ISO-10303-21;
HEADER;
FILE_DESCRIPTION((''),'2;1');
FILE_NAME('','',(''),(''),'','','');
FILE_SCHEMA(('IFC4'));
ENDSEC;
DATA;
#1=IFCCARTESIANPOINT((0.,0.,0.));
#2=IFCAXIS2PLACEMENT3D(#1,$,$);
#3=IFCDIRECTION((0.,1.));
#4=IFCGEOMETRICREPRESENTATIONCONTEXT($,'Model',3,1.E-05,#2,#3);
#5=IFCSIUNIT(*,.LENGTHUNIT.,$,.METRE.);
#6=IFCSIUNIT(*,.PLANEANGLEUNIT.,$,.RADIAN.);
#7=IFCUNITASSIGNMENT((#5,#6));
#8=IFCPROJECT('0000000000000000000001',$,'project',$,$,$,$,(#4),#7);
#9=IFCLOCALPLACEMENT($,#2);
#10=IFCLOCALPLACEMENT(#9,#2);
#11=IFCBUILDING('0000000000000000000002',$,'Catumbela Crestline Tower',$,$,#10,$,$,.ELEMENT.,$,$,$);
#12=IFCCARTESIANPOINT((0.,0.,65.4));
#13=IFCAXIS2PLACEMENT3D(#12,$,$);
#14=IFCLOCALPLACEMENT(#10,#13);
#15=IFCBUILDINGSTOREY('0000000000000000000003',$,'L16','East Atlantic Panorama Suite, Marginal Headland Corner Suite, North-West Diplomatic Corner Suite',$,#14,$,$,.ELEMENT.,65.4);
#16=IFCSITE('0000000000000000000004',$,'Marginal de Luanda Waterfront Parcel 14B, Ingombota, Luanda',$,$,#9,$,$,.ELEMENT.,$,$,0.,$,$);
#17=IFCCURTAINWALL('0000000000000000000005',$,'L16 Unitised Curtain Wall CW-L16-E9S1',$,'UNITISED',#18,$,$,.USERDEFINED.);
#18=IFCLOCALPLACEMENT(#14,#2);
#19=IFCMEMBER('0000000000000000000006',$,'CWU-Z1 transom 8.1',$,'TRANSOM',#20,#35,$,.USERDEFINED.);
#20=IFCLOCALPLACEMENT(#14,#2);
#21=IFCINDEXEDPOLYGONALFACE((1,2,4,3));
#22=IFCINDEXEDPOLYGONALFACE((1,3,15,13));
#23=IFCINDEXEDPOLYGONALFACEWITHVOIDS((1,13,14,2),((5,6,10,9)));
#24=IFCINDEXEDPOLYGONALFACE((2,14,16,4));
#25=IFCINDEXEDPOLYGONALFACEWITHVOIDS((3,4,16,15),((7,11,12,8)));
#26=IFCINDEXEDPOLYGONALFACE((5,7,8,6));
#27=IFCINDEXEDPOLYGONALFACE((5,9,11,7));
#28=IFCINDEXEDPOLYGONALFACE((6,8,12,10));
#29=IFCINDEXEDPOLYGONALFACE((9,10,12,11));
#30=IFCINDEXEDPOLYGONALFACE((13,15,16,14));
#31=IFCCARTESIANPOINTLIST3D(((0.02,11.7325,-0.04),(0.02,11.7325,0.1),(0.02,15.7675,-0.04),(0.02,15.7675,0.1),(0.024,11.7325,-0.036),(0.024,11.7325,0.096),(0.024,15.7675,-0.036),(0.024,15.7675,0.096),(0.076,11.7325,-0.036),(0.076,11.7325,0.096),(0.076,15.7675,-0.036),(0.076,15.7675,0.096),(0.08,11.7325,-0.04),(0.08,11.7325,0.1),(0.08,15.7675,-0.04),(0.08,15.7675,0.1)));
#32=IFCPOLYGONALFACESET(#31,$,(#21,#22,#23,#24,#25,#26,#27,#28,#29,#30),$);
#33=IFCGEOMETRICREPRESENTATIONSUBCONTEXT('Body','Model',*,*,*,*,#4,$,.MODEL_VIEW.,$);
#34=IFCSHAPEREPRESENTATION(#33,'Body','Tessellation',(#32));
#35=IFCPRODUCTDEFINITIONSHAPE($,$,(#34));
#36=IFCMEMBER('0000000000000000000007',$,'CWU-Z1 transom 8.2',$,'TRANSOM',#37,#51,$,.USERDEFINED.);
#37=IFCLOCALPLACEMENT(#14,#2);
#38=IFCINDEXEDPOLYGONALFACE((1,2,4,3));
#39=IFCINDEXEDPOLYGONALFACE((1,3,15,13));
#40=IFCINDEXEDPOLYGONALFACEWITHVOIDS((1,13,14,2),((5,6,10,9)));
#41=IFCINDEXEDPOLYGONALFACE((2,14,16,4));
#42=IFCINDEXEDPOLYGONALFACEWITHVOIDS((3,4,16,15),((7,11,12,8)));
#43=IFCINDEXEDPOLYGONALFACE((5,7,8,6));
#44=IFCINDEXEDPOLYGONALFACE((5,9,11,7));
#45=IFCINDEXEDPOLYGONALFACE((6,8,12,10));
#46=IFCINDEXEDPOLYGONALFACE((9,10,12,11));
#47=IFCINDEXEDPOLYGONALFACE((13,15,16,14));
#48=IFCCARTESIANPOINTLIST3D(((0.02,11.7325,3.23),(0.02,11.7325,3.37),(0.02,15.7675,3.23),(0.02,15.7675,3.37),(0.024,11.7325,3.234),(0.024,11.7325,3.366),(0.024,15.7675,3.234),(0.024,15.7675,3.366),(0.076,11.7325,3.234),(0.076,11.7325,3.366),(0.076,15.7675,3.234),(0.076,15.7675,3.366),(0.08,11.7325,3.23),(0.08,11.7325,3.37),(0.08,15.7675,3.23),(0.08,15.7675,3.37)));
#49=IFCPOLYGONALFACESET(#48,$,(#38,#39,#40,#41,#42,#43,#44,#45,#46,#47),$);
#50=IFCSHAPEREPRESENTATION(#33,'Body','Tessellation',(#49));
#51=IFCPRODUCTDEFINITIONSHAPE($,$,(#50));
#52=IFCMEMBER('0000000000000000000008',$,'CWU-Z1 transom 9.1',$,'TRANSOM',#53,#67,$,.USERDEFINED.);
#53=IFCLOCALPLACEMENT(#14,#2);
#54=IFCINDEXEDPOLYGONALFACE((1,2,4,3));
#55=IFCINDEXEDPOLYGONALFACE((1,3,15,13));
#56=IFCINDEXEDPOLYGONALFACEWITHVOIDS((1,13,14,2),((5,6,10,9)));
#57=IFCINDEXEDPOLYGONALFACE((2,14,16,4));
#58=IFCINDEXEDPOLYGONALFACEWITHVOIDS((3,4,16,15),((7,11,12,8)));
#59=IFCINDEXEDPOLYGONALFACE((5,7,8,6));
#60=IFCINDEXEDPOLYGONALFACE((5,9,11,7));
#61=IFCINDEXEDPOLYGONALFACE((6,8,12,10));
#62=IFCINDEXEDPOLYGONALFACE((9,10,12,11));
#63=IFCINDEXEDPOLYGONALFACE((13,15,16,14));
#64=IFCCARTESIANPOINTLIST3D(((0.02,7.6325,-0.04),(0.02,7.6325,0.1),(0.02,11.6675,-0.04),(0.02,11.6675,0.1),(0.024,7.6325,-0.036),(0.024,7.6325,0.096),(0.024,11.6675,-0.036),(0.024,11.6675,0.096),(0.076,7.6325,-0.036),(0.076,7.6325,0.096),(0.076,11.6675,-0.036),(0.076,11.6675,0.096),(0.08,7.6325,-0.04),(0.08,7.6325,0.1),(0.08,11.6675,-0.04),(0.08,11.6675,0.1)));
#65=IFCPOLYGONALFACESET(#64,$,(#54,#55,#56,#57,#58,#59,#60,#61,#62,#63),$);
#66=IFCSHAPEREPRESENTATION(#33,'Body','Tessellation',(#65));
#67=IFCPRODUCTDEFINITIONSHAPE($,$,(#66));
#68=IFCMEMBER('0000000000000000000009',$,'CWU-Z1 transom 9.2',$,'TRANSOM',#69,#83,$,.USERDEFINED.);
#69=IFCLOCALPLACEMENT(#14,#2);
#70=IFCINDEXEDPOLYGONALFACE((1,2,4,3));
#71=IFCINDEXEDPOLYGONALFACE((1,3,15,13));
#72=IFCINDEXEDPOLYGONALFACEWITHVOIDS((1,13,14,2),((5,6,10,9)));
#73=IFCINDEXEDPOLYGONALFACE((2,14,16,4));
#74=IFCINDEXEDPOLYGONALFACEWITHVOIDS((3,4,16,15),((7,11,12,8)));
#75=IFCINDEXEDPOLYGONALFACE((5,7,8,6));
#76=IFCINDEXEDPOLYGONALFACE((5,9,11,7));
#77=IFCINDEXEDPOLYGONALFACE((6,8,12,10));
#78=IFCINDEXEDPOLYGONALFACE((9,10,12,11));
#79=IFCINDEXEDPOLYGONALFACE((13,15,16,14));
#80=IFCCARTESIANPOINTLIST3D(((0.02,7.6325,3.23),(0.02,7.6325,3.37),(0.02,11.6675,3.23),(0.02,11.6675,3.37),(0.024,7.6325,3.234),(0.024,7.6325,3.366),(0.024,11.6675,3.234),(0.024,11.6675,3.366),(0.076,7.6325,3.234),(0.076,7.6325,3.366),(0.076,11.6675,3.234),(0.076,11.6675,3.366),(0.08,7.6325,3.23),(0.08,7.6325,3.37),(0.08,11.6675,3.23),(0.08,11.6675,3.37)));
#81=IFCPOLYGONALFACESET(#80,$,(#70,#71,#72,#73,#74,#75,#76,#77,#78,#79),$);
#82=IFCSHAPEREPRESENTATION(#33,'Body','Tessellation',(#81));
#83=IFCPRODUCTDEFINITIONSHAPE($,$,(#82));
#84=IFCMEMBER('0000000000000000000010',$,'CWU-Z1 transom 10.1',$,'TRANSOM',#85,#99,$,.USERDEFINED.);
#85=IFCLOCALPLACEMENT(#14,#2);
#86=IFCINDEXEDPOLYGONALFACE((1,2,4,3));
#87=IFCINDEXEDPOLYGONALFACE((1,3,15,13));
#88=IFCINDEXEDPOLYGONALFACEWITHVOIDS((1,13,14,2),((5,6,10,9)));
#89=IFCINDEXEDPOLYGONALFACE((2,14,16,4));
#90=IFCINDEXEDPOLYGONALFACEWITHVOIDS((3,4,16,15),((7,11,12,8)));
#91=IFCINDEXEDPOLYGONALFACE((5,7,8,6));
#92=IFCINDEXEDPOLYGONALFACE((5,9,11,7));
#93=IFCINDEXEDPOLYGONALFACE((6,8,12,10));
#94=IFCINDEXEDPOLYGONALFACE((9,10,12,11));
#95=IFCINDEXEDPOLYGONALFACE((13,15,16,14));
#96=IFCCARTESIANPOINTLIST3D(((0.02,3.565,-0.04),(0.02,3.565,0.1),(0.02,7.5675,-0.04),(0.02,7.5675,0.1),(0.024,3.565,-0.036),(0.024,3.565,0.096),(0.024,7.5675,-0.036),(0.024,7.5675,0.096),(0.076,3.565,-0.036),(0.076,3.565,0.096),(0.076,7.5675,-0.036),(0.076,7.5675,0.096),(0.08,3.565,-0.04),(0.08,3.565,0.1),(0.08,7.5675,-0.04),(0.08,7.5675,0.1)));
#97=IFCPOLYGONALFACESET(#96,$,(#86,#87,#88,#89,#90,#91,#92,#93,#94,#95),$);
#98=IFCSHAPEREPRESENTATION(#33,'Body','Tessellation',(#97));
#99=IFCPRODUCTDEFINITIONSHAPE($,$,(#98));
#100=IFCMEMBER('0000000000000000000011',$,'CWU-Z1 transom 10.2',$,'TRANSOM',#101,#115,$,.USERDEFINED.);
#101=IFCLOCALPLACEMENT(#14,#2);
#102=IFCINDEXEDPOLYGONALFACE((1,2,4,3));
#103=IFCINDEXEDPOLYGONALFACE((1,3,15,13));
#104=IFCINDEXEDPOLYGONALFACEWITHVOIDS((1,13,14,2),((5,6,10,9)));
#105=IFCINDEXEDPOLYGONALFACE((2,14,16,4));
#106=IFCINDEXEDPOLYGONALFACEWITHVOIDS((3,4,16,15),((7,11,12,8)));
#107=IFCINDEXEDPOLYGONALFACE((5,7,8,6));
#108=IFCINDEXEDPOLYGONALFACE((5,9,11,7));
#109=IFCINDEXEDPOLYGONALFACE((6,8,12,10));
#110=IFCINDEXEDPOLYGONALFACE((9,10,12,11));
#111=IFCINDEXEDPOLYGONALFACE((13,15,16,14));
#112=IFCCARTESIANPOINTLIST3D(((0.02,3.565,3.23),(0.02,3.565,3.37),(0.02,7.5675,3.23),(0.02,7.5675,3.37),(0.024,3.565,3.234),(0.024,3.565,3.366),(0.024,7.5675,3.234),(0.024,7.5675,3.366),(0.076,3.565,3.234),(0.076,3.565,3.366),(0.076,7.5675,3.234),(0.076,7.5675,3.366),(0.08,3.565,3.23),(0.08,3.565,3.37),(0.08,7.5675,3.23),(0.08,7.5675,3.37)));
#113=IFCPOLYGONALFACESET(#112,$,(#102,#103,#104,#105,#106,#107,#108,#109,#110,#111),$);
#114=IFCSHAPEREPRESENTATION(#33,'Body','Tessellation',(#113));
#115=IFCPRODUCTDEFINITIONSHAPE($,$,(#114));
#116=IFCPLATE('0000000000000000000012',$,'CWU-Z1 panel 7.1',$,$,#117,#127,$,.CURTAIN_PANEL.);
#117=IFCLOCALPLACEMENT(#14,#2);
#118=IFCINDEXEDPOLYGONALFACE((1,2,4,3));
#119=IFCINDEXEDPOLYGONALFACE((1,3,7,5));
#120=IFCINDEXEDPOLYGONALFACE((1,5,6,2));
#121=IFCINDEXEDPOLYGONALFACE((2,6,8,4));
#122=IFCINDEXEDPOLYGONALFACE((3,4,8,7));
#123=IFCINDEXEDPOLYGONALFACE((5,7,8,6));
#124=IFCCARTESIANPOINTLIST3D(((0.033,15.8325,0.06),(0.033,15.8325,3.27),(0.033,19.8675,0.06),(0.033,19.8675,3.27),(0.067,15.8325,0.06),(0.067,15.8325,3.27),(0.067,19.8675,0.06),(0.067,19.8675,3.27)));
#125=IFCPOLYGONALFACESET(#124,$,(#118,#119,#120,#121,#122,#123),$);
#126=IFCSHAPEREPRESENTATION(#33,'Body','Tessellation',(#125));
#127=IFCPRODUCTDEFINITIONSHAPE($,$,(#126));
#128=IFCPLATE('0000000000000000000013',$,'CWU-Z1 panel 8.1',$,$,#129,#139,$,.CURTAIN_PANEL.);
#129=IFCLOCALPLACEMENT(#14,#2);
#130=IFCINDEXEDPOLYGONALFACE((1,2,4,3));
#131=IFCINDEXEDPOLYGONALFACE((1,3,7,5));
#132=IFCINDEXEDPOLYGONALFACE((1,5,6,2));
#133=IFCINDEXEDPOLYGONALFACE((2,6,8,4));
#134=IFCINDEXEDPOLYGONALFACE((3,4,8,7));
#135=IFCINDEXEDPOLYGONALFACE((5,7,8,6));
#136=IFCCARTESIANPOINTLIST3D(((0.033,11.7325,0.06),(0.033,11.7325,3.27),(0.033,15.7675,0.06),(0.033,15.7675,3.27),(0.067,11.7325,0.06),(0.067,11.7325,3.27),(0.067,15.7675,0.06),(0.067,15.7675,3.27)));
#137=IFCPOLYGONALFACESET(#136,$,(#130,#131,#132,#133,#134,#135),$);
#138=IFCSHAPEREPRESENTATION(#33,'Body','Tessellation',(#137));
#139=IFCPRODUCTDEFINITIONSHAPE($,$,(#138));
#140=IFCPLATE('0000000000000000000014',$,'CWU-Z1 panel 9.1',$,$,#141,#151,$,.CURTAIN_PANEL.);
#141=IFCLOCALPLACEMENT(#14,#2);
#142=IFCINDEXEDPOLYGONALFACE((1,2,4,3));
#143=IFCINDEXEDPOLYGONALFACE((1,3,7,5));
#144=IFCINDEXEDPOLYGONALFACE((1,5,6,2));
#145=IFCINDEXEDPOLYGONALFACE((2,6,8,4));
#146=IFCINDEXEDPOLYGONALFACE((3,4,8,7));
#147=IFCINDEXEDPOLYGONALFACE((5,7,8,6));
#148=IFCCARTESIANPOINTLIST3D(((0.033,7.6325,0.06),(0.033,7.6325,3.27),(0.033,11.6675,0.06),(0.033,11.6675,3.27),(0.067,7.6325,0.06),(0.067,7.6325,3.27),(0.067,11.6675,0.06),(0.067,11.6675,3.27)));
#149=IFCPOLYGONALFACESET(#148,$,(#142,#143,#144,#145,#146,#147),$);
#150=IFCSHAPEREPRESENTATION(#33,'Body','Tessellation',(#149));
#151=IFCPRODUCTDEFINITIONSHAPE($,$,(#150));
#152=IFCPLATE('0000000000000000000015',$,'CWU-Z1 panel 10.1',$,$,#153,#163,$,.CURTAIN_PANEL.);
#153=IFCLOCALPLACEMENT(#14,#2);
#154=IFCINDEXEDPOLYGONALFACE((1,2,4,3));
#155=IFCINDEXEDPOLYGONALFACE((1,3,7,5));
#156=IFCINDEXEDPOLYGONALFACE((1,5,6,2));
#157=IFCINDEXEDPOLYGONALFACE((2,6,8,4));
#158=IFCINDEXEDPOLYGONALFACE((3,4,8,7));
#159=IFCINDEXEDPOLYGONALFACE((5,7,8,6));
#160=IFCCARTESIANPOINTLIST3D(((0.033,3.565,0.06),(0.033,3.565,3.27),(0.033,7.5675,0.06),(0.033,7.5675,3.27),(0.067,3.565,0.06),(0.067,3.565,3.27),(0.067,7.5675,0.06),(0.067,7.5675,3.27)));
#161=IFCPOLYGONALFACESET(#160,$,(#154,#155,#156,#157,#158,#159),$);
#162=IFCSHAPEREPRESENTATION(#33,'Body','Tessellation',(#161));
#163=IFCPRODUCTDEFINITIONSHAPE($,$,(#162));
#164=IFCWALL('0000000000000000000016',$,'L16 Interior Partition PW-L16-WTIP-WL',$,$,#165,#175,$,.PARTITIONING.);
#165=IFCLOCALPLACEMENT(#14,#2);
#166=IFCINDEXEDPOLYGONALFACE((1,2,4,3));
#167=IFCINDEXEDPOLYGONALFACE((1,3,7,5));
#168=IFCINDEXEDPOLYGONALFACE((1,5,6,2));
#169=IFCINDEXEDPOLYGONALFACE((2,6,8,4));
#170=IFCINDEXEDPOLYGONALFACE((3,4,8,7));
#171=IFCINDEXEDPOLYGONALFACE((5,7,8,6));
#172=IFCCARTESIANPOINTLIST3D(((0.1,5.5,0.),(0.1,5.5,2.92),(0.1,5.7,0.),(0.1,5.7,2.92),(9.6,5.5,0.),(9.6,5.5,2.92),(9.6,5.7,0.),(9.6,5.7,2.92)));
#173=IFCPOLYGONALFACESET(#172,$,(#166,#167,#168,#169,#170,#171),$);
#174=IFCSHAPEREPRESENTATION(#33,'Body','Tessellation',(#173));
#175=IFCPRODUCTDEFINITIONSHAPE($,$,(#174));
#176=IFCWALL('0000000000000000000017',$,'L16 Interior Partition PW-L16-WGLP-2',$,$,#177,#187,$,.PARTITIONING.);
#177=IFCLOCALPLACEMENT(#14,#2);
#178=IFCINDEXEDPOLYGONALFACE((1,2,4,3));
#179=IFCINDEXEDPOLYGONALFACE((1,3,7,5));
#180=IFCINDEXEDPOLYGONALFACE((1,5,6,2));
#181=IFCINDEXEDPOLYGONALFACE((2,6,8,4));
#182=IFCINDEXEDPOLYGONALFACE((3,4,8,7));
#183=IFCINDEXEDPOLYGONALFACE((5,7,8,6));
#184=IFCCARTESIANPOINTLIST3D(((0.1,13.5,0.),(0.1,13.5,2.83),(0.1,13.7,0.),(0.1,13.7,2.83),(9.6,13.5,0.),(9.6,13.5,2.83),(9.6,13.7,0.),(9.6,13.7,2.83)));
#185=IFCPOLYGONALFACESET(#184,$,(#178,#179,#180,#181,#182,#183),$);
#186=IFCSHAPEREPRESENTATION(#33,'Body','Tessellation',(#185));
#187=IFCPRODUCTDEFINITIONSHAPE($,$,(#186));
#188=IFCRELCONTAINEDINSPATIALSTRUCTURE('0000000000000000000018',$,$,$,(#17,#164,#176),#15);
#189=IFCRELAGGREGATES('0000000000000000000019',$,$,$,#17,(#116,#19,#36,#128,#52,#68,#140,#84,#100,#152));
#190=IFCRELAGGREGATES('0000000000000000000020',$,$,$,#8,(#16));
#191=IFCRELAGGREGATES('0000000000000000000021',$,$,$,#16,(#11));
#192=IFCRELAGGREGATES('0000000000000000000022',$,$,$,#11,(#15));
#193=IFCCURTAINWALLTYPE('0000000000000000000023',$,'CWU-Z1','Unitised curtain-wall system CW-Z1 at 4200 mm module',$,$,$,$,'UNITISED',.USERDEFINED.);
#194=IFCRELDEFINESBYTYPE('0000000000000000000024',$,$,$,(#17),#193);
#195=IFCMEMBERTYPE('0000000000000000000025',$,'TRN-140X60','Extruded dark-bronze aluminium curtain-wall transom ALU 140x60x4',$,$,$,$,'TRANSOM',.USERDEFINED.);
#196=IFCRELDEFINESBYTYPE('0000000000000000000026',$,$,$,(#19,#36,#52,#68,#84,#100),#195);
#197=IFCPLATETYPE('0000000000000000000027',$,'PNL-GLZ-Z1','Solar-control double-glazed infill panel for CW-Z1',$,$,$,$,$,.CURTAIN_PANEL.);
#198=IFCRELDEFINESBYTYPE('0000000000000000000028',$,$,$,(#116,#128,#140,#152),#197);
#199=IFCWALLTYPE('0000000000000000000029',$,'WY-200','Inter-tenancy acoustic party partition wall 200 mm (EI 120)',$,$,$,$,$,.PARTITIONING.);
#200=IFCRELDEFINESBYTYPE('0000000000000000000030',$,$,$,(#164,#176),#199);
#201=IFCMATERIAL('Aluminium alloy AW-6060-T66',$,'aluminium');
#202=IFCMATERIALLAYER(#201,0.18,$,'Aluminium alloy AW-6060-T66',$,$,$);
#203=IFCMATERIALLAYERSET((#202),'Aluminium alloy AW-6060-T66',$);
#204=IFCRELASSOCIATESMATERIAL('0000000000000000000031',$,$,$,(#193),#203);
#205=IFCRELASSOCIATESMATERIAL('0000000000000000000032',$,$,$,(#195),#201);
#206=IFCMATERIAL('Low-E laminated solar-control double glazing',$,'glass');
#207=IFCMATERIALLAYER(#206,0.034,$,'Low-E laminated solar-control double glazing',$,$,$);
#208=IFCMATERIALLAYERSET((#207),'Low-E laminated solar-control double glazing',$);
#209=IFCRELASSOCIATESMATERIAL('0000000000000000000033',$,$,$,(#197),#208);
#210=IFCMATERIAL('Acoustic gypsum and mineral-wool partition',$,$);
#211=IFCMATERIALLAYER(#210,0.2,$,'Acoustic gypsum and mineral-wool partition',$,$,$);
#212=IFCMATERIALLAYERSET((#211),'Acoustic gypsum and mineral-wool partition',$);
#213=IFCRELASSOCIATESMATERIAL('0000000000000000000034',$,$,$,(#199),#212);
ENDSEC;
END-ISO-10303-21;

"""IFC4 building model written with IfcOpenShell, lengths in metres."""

from ifc_helpers import new_model, si_unit, direction, frame, frame_2d, origin, origin_2d, place, context, subcontext, project, spatial, rectangle, hollow_rectangle, extrude, material, layer, layer_set, material_profile, profile_set, type_object, element, aggregate, save


model = new_model("IFC4")

# Units and contexts
model_context = context("Model", 3, precision=1e-05, world=origin(), true_north=direction((0.0, 1.0)))
body_context = subcontext(model_context, "Body", "Model", "MODEL_VIEW")
ifc_project = project(units=[si_unit("LENGTHUNIT", "METRE"), si_unit("PLANEANGLEUNIT", "RADIAN")], contexts=[model_context])

# Site, building, storey
site_placement = place(None, origin())
site = spatial("IfcSite", under=ifc_project, at=site_placement, Name="Marginal de Luanda Waterfront Parcel 14B, Ingombota, Luanda", CompositionType="ELEMENT", RefElevation=0.0)
building_placement = place(site_placement, origin())
building = spatial("IfcBuilding", under=site, at=building_placement, Name="Catumbela Crestline Tower", CompositionType="ELEMENT")
storey_placement = place(building_placement, frame((0.0, 0.0, 65.4)))
storey = spatial("IfcBuildingStorey", under=building, at=storey_placement, Name="L16", Description="East Atlantic Panorama Suite, Marginal Headland Corner Suite, North-West Diplomatic Corner Suite", CompositionType="ELEMENT", Elevation=65.4)

# Curtain wall
ifc_material_1 = material(Name="Aluminium alloy AW-6060-T66", Category="aluminium")
ifc_layer_1 = layer(ifc_material_1, 0.18, Name="Aluminium alloy AW-6060-T66")
ifc_layer_set_1 = layer_set([ifc_layer_1], Name="Aluminium alloy AW-6060-T66")
curtain_wall_type = type_object("IfcCurtainWallType", Name="CWU-Z1", Description="Unitised curtain-wall system CW-Z1 at 4200 mm module", ElementType="UNITISED", PredefinedType="USERDEFINED", material=ifc_layer_set_1)
curtain_wall_placement = place(storey_placement, origin())
curtain_wall = element("IfcCurtainWall", 1, at=curtain_wall_placement, inside=storey, type_object=curtain_wall_type, Name="L16 Unitised Curtain Wall CW-L16-E9S1", ObjectType="UNITISED", PredefinedType="USERDEFINED")

# Members
ifc_material_profile_1 = material_profile(ifc_material_1, hollow_rectangle(XDim=0.06, YDim=0.14, WallThickness=0.004, at=origin_2d()), Name="ALU 140x60x4")
ifc_profile_set_1 = profile_set([ifc_material_profile_1], Name="Aluminium alloy AW-6060-T66")
member_type_1 = type_object("IfcMemberType", Name="TRN-140X60", Description="Extruded dark-bronze aluminium curtain-wall transom ALU 140x60x4", ElementType="TRANSOM", PredefinedType="USERDEFINED", material=ifc_profile_set_1)
member_1_placement = place(storey_placement, frame((0.05, 15.7675, 0.03), z_axis=(0.0, -1.0, 0.0), x_axis=(1.0, 0.0, 0.0)))
member_1 = element("IfcMember", 2, at=member_1_placement, type_object=member_type_1, Name="CWU-Z1 transom 8.1", ObjectType="TRANSOM", PredefinedType="USERDEFINED", context=body_context, shape_type="SweptSolid", body=[
    extrude(hollow_rectangle(XDim=0.06, YDim=0.14, WallThickness=0.004, at=origin_2d()), origin(), (0.0, 0.0, 1.0), 4.035),
])
member_2_placement = place(storey_placement, frame((0.05, 15.7675, 3.3), z_axis=(0.0, -1.0, 0.0), x_axis=(1.0, 0.0, 0.0)))
member_2 = element("IfcMember", 3, at=member_2_placement, type_object=member_type_1, Name="CWU-Z1 transom 8.2", ObjectType="TRANSOM", PredefinedType="USERDEFINED", context=body_context, shape_type="SweptSolid", body=[
    extrude(hollow_rectangle(XDim=0.06, YDim=0.14, WallThickness=0.004, at=origin_2d()), origin(), (0.0, 0.0, 1.0), 4.035),
])
member_3_placement = place(storey_placement, frame((0.05, 11.6675, 0.03), z_axis=(0.0, -1.0, 0.0), x_axis=(1.0, 0.0, 0.0)))
member_3 = element("IfcMember", 4, at=member_3_placement, type_object=member_type_1, Name="CWU-Z1 transom 9.1", ObjectType="TRANSOM", PredefinedType="USERDEFINED", context=body_context, shape_type="SweptSolid", body=[
    extrude(hollow_rectangle(XDim=0.06, YDim=0.14, WallThickness=0.004, at=origin_2d()), origin(), (0.0, 0.0, 1.0), 4.035),
])
member_4_placement = place(storey_placement, frame((0.05, 11.6675, 3.3), z_axis=(0.0, -1.0, 0.0), x_axis=(1.0, 0.0, 0.0)))
member_4 = element("IfcMember", 5, at=member_4_placement, type_object=member_type_1, Name="CWU-Z1 transom 9.2", ObjectType="TRANSOM", PredefinedType="USERDEFINED", context=body_context, shape_type="SweptSolid", body=[
    extrude(hollow_rectangle(XDim=0.06, YDim=0.14, WallThickness=0.004, at=origin_2d()), origin(), (0.0, 0.0, 1.0), 4.035),
])
member_5_placement = place(storey_placement, frame((0.05, 7.5675, 0.03), z_axis=(0.0, -1.0, 0.0), x_axis=(1.0, 0.0, 0.0)))
member_5 = element("IfcMember", 6, at=member_5_placement, type_object=member_type_1, Name="CWU-Z1 transom 10.1", ObjectType="TRANSOM", PredefinedType="USERDEFINED", context=body_context, shape_type="SweptSolid", body=[
    extrude(hollow_rectangle(XDim=0.06, YDim=0.14, WallThickness=0.004, at=origin_2d()), origin(), (0.0, 0.0, 1.0), 4.0025),
])
member_6_placement = place(storey_placement, frame((0.05, 7.5675, 3.3), z_axis=(0.0, -1.0, 0.0), x_axis=(1.0, 0.0, 0.0)))
member_6 = element("IfcMember", 7, at=member_6_placement, type_object=member_type_1, Name="CWU-Z1 transom 10.2", ObjectType="TRANSOM", PredefinedType="USERDEFINED", context=body_context, shape_type="SweptSolid", body=[
    extrude(hollow_rectangle(XDim=0.06, YDim=0.14, WallThickness=0.004, at=origin_2d()), origin(), (0.0, 0.0, 1.0), 4.0025),
])

# Plates
ifc_material_2 = material(Name="Low-E laminated solar-control double glazing", Category="glass")
ifc_layer_2 = layer(ifc_material_2, 0.034, Name="Low-E laminated solar-control double glazing")
ifc_layer_set_2 = layer_set([ifc_layer_2], Name="Low-E laminated solar-control double glazing")
plate_type = type_object("IfcPlateType", Name="PNL-GLZ-Z1", Description="Solar-control double-glazed infill panel for CW-Z1", PredefinedType="CURTAIN_PANEL", material=ifc_layer_set_2)
plate_1_placement = place(storey_placement, frame((0.05, 17.85, 0.06), z_axis=(0.0, 0.0, 1.0), x_axis=(0.0, -1.0, 0.0)))
plate_1 = element("IfcPlate", 8, at=plate_1_placement, type_object=plate_type, Name="CWU-Z1 panel 7.1", PredefinedType="CURTAIN_PANEL", context=body_context, shape_type="SweptSolid", body=[
    extrude(rectangle(XDim=4.035, YDim=0.034, at=origin_2d()), origin(), (0.0, 0.0, 1.0), 3.21),
])
plate_2_placement = place(storey_placement, frame((0.05, 13.75, 0.06), z_axis=(0.0, 0.0, 1.0), x_axis=(0.0, -1.0, 0.0)))
plate_2 = element("IfcPlate", 9, at=plate_2_placement, type_object=plate_type, Name="CWU-Z1 panel 8.1", PredefinedType="CURTAIN_PANEL", context=body_context, shape_type="SweptSolid", body=[
    extrude(rectangle(XDim=4.035, YDim=0.034, at=origin_2d()), origin(), (0.0, 0.0, 1.0), 3.21),
])
plate_3_placement = place(storey_placement, frame((0.05, 9.65, 0.06), z_axis=(0.0, 0.0, 1.0), x_axis=(0.0, -1.0, 0.0)))
plate_3 = element("IfcPlate", 10, at=plate_3_placement, type_object=plate_type, Name="CWU-Z1 panel 9.1", PredefinedType="CURTAIN_PANEL", context=body_context, shape_type="SweptSolid", body=[
    extrude(rectangle(XDim=4.035, YDim=0.034, at=origin_2d()), origin(), (0.0, 0.0, 1.0), 3.21),
])
plate_4_placement = place(storey_placement, frame((0.05, 5.5662, 0.06), z_axis=(0.0, 0.0, 1.0), x_axis=(0.0, -1.0, 0.0)))
plate_4 = element("IfcPlate", 11, at=plate_4_placement, type_object=plate_type, Name="CWU-Z1 panel 10.1", PredefinedType="CURTAIN_PANEL", context=body_context, shape_type="SweptSolid", body=[
    extrude(rectangle(XDim=4.0025, YDim=0.034, at=origin_2d()), origin(), (0.0, 0.0, 1.0), 3.21),
])
aggregate(curtain_wall, [plate_1, member_1, member_2, plate_2, member_3, member_4, plate_3, member_5, member_6, plate_4])

# Walls
ifc_material_3 = material(Name="Acoustic gypsum and mineral-wool partition")
ifc_layer_3 = layer(ifc_material_3, 0.2, Name="Acoustic gypsum and mineral-wool partition")
ifc_layer_set_3 = layer_set([ifc_layer_3], Name="Acoustic gypsum and mineral-wool partition")
wall_type = type_object("IfcWallType", Name="WY-200", Description="Inter-tenancy acoustic party partition wall 200 mm (EI 120)", PredefinedType="PARTITIONING", material=ifc_layer_set_3)
wall_1_placement = place(storey_placement, frame((0.1, 5.6, 0.0), z_axis=(0.0, 0.0, 1.0), x_axis=(1.0, 0.0, 0.0)))
element("IfcWall", 12, at=wall_1_placement, inside=storey, type_object=wall_type, Name="L16 Interior Partition PW-L16-WTIP-WL", PredefinedType="PARTITIONING", context=body_context, shape_type="SweptSolid", body=[
    extrude(rectangle(XDim=9.5, YDim=0.2, at=frame_2d((4.75, 0.0))), origin(), (0.0, 0.0, 1.0), 2.92),
])
wall_2_placement = place(storey_placement, frame((0.1, 13.6, 0.0), z_axis=(0.0, 0.0, 1.0), x_axis=(1.0, 0.0, 0.0)))
element("IfcWall", 13, at=wall_2_placement, inside=storey, type_object=wall_type, Name="L16 Interior Partition PW-L16-WGLP-2", PredefinedType="PARTITIONING", context=body_context, shape_type="SweptSolid", body=[
    extrude(rectangle(XDim=9.5, YDim=0.2, at=frame_2d((4.75, 0.0))), origin(), (0.0, 0.0, 1.0), 2.83),
])

save(model, "model.ifc")
